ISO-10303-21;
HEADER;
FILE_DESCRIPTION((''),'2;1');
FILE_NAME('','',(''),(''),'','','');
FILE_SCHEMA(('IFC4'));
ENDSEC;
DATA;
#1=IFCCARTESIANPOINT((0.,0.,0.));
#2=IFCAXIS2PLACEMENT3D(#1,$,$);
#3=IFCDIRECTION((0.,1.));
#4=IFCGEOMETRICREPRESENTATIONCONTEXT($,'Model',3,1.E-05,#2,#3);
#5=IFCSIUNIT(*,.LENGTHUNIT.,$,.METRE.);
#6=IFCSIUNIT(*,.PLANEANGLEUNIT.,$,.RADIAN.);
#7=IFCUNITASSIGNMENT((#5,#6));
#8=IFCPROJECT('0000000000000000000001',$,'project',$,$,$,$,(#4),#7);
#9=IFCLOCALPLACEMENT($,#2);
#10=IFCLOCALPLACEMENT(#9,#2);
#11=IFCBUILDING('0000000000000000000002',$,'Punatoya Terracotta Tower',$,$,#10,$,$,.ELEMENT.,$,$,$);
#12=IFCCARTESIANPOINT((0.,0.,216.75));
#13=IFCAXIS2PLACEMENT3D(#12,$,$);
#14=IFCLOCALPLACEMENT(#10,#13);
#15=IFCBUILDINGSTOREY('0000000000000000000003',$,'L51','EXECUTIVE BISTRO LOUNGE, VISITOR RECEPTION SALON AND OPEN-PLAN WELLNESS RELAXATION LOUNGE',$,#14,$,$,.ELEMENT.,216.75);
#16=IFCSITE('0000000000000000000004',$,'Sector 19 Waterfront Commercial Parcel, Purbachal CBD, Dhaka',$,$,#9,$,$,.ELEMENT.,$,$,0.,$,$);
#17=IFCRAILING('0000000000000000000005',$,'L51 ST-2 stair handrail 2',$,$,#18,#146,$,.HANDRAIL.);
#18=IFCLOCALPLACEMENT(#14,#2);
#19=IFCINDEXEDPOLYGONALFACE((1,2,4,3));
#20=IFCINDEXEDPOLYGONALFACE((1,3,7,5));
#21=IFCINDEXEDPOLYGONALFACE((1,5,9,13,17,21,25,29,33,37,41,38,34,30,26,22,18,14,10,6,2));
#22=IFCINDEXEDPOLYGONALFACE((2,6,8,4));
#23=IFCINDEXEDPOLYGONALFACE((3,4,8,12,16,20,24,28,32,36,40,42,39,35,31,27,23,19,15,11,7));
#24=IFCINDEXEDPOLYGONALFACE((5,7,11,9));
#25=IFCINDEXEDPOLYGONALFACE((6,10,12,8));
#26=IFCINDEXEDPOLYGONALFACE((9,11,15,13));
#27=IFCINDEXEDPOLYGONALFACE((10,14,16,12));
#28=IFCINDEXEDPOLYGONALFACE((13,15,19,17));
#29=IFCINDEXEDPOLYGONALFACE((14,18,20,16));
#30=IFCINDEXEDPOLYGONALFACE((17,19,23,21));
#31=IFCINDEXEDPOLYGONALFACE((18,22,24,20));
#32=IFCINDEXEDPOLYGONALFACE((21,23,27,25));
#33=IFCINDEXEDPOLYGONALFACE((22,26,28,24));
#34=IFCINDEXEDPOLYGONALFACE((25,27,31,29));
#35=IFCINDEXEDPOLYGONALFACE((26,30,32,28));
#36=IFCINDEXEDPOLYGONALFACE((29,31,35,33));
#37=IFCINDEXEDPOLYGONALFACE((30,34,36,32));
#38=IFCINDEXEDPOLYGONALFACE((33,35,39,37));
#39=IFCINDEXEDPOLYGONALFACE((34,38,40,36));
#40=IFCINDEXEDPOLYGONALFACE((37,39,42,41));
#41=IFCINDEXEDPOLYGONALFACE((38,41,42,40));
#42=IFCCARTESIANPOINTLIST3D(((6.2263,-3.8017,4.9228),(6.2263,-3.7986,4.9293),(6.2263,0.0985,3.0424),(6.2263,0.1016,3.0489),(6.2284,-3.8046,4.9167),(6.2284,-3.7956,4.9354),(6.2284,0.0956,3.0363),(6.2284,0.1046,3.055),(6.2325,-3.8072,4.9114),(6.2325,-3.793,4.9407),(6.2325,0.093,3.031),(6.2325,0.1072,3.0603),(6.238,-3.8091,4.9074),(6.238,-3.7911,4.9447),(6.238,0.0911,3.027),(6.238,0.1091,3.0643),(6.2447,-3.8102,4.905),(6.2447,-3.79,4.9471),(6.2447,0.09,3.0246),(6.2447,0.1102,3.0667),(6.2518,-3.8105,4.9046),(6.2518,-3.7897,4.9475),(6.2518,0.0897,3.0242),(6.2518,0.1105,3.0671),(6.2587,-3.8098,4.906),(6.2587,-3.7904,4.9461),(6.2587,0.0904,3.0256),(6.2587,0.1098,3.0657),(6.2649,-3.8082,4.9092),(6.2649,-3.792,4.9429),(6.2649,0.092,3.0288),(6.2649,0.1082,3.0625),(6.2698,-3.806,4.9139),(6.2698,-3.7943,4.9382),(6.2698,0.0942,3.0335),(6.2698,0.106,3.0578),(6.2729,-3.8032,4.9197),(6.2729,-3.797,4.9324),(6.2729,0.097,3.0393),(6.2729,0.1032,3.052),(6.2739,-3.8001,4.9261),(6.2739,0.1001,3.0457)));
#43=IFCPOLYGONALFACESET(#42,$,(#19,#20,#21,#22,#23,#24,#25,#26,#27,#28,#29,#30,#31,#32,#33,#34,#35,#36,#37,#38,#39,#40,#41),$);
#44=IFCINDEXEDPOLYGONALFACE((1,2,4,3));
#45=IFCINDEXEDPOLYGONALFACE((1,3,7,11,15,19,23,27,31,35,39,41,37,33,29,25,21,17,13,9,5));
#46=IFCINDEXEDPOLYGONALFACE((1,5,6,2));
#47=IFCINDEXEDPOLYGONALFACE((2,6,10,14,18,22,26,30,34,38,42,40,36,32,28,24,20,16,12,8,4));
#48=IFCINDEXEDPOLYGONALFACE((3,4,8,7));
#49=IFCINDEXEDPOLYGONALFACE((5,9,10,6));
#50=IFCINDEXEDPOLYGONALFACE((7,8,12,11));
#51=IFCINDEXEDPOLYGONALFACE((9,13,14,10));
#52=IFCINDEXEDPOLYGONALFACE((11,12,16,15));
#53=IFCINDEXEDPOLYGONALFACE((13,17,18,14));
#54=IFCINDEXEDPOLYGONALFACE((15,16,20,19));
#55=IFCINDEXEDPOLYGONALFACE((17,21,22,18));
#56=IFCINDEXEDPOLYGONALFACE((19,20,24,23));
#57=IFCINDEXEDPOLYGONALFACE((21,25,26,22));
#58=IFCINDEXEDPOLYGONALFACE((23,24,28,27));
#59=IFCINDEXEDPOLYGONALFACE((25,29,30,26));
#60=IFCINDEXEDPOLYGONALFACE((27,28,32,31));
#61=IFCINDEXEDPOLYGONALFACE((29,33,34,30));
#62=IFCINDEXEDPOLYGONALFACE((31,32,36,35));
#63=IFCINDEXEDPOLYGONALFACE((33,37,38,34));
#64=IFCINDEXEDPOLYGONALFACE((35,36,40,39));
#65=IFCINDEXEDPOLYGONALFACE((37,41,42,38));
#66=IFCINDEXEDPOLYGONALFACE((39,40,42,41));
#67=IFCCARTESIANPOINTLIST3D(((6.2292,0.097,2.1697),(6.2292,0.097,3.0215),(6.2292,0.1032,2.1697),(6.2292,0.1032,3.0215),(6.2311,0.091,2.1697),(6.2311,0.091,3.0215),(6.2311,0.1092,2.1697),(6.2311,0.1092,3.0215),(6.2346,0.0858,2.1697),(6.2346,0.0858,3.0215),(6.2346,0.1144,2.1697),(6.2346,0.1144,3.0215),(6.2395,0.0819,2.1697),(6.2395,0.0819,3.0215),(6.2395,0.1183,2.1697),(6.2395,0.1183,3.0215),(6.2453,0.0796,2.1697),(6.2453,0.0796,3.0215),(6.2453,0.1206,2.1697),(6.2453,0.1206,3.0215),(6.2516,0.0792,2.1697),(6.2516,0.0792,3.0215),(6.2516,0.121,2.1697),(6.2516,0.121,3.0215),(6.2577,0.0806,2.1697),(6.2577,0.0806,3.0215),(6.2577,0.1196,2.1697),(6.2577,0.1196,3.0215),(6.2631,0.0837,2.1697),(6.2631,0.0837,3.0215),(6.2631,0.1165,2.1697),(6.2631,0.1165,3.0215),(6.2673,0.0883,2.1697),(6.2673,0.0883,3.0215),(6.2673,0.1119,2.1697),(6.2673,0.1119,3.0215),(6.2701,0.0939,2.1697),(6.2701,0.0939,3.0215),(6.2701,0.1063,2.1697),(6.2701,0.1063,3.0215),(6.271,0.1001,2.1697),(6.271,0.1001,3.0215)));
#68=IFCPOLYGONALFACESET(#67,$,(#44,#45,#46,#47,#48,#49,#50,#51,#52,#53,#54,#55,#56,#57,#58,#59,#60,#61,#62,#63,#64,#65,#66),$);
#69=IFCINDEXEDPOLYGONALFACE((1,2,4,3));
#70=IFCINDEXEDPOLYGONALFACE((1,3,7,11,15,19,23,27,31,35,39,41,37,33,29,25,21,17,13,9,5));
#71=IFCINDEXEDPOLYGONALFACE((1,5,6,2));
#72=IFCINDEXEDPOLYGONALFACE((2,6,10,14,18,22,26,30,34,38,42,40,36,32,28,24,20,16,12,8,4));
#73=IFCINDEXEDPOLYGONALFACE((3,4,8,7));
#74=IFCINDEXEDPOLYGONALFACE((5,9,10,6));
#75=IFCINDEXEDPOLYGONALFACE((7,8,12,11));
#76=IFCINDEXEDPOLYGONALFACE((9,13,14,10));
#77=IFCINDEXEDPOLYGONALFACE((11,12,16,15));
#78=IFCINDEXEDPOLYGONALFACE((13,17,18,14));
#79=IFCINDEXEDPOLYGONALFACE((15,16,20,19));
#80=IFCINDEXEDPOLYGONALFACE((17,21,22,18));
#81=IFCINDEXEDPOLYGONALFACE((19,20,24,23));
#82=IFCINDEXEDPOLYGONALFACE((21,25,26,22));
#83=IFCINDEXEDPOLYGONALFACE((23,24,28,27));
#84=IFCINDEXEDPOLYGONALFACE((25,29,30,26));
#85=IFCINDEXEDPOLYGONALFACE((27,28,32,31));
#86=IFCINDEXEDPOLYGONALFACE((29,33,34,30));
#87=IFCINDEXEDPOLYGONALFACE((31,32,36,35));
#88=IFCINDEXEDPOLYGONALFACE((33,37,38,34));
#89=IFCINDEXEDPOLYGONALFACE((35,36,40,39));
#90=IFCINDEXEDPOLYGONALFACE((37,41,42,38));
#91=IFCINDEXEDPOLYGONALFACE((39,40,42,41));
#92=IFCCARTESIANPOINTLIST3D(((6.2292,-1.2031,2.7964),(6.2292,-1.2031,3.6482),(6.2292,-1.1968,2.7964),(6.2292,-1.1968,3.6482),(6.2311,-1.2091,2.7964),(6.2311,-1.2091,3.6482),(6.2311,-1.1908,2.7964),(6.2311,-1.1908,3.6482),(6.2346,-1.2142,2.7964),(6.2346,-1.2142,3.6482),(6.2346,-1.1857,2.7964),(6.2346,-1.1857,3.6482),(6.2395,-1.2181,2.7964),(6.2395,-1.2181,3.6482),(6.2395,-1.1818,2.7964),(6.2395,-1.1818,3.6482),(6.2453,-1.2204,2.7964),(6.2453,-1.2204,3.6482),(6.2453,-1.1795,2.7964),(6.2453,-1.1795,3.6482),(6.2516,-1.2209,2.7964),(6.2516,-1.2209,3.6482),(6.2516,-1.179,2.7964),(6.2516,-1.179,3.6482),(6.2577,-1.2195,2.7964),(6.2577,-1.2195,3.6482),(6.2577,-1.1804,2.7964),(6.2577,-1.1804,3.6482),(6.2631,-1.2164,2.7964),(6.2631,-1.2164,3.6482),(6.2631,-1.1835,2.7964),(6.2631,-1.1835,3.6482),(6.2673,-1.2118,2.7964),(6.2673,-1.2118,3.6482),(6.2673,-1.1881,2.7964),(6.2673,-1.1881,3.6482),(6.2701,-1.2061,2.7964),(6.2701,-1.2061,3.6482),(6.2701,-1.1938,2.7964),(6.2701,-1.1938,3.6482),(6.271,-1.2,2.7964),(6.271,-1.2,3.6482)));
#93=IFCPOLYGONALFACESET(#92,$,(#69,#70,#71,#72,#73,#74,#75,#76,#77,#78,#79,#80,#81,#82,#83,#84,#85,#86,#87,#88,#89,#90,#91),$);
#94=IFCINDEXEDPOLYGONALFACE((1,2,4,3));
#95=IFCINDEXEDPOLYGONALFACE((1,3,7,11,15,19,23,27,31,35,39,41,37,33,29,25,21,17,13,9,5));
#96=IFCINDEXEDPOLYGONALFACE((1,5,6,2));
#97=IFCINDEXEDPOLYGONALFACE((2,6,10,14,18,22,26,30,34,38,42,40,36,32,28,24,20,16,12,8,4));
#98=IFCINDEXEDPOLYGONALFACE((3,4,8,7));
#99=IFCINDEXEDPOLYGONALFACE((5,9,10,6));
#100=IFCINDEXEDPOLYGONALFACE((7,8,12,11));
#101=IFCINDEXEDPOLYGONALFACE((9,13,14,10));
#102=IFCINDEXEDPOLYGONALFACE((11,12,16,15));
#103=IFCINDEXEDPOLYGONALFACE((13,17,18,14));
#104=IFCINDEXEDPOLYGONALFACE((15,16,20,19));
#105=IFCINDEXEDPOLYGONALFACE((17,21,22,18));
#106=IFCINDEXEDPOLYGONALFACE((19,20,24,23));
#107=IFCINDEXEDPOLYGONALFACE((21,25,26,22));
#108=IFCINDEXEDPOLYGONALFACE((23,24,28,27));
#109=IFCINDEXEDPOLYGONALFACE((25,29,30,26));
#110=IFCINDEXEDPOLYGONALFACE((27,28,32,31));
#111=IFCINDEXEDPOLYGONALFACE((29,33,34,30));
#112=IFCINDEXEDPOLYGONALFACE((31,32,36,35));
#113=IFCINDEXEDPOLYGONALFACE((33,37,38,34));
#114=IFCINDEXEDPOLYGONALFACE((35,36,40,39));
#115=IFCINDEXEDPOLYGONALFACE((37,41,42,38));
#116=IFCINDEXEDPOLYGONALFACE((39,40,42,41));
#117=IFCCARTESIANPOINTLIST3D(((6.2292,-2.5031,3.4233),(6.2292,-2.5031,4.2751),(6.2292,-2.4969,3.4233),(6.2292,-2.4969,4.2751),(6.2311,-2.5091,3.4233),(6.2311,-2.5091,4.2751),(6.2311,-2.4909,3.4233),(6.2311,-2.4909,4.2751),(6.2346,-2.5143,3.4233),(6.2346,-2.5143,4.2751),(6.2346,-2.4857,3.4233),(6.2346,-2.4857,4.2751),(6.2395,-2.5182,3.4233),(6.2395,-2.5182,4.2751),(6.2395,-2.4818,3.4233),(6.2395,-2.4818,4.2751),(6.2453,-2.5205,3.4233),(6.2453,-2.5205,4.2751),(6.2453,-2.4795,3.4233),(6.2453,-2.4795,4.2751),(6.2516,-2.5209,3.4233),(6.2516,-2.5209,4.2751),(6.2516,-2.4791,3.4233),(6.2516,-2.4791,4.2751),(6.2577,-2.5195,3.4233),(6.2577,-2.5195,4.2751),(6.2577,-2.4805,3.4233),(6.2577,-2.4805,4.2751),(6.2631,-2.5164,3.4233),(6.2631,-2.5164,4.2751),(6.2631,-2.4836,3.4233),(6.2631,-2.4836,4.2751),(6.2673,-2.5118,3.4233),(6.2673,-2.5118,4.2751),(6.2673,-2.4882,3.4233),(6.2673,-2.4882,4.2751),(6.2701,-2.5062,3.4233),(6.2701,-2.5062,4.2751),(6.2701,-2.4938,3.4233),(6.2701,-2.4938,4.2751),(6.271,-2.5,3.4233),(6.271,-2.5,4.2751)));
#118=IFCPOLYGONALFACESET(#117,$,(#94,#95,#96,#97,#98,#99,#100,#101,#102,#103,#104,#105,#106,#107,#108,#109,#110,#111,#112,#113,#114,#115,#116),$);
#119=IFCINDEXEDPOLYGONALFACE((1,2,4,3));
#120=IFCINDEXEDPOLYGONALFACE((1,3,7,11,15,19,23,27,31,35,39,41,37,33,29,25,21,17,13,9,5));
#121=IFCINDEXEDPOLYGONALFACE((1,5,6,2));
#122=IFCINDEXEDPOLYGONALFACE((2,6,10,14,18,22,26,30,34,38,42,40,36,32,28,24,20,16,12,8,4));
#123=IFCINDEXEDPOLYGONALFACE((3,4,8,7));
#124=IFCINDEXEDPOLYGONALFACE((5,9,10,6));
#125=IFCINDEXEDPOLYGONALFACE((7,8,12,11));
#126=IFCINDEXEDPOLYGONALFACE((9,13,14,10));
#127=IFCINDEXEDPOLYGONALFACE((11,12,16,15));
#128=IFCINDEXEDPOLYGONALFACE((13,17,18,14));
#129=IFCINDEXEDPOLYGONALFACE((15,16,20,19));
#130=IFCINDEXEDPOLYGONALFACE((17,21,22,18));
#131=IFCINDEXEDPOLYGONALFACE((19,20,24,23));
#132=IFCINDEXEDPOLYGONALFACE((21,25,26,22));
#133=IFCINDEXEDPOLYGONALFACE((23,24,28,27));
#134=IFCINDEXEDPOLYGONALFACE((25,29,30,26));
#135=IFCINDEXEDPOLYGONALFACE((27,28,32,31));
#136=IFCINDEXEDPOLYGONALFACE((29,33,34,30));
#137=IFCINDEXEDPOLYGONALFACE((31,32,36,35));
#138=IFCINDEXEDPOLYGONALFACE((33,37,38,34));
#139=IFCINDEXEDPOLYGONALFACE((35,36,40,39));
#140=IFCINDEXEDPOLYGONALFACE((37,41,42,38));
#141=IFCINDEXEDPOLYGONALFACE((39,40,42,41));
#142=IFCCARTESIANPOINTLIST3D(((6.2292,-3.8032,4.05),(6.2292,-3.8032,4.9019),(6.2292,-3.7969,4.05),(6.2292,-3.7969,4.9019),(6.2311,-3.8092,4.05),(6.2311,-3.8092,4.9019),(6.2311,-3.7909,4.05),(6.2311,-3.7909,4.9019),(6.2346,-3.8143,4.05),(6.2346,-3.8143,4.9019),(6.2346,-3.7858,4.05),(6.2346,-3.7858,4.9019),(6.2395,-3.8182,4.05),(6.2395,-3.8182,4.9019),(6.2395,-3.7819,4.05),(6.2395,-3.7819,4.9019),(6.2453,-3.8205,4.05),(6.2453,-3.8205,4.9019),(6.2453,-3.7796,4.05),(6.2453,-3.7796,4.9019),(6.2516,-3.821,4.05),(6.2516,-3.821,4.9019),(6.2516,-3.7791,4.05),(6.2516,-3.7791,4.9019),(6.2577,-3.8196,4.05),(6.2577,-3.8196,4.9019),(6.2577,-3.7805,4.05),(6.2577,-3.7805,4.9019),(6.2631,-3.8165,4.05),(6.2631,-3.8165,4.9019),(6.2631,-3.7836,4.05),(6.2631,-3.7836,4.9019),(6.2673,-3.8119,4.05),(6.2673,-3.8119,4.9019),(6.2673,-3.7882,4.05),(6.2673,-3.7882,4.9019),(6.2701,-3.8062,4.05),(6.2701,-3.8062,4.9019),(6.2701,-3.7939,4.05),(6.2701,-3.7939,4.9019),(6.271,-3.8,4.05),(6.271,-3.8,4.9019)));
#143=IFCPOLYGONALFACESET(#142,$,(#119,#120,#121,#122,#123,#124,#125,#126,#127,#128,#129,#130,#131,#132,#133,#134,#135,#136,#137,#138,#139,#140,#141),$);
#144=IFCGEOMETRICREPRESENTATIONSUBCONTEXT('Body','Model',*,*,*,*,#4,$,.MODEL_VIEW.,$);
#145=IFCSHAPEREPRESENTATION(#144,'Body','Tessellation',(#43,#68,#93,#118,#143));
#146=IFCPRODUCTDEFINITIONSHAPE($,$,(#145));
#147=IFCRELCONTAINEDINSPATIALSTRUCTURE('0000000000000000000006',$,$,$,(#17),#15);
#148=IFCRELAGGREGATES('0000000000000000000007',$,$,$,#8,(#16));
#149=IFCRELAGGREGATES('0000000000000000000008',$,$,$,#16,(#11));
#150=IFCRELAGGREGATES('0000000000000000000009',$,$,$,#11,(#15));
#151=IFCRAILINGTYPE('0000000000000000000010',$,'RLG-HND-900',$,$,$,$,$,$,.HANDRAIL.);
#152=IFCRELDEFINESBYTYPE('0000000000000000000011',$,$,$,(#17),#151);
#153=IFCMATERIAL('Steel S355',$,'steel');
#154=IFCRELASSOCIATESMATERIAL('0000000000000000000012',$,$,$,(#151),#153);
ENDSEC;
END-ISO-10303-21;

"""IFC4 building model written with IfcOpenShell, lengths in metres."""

from ifc_helpers import new_model, si_unit, direction, frame, origin, origin_2d, place, context, subcontext, project, spatial, circle, extrude, material, type_object, element, save


model = new_model("IFC4")

# Units and contexts
model_context = context("Model", 3, precision=1e-05, world=origin(), true_north=direction((0.0, 1.0)))
body_context = subcontext(model_context, "Body", "Model", "MODEL_VIEW")
ifc_project = project(units=[si_unit("LENGTHUNIT", "METRE"), si_unit("PLANEANGLEUNIT", "RADIAN")], contexts=[model_context])

# Site, building, storey
site_placement = place(None, origin())
site = spatial("IfcSite", under=ifc_project, at=site_placement, Name="Sector 19 Waterfront Commercial Parcel, Purbachal CBD, Dhaka", CompositionType="ELEMENT", RefElevation=0.0)
building_placement = place(site_placement, origin())
building = spatial("IfcBuilding", under=site, at=building_placement, Name="Punatoya Terracotta Tower", CompositionType="ELEMENT")
storey_placement = place(building_placement, frame((0.0, 0.0, 216.75)))
storey = spatial("IfcBuildingStorey", under=building, at=storey_placement, Name="L51", Description="EXECUTIVE BISTRO LOUNGE, VISITOR RECEPTION SALON AND OPEN-PLAN WELLNESS RELAXATION LOUNGE", CompositionType="ELEMENT", Elevation=216.75)

# Shared definitions
ifc_material_1 = material(Name="Steel S355", Category="steel")

# Railing
railing_type_1 = type_object("IfcRailingType", Name="RLG-HND-900", PredefinedType="HANDRAIL", material=ifc_material_1)
railing_1_placement = place(storey_placement, frame((6.25, 0.1001, 2.1697)))
element("IfcRailing", 1, at=railing_1_placement, inside=storey, type_object=railing_type_1, Name="L51 ST-2 stair handrail 2", PredefinedType="HANDRAIL", context=body_context, shape_type="SweptSolid", body=[
    extrude(circle(Radius=0.0239, at=origin_2d()), frame((0.0, 0.0, 0.876), z_axis=(0.0, -0.900774, 0.434289), x_axis=(1.0, 0.0, 0.0)), (0.0, 0.0, 1.0), 4.3298),
    extrude(circle(Radius=0.021, at=origin_2d()), origin(), (0.0, 0.0, 1.0), 0.8518),
    extrude(circle(Radius=0.021, at=origin_2d()), frame((0.0, -1.3, 0.6267)), (0.0, 0.0, 1.0), 0.8518),
    extrude(circle(Radius=0.021, at=origin_2d()), frame((0.0, -2.6001, 1.2537)), (0.0, 0.0, 1.0), 0.8518),
    extrude(circle(Radius=0.021, at=origin_2d()), frame((0.0, -3.9001, 1.8804)), (0.0, 0.0, 1.0), 0.8518),
])

save(model, "model.ifc")
